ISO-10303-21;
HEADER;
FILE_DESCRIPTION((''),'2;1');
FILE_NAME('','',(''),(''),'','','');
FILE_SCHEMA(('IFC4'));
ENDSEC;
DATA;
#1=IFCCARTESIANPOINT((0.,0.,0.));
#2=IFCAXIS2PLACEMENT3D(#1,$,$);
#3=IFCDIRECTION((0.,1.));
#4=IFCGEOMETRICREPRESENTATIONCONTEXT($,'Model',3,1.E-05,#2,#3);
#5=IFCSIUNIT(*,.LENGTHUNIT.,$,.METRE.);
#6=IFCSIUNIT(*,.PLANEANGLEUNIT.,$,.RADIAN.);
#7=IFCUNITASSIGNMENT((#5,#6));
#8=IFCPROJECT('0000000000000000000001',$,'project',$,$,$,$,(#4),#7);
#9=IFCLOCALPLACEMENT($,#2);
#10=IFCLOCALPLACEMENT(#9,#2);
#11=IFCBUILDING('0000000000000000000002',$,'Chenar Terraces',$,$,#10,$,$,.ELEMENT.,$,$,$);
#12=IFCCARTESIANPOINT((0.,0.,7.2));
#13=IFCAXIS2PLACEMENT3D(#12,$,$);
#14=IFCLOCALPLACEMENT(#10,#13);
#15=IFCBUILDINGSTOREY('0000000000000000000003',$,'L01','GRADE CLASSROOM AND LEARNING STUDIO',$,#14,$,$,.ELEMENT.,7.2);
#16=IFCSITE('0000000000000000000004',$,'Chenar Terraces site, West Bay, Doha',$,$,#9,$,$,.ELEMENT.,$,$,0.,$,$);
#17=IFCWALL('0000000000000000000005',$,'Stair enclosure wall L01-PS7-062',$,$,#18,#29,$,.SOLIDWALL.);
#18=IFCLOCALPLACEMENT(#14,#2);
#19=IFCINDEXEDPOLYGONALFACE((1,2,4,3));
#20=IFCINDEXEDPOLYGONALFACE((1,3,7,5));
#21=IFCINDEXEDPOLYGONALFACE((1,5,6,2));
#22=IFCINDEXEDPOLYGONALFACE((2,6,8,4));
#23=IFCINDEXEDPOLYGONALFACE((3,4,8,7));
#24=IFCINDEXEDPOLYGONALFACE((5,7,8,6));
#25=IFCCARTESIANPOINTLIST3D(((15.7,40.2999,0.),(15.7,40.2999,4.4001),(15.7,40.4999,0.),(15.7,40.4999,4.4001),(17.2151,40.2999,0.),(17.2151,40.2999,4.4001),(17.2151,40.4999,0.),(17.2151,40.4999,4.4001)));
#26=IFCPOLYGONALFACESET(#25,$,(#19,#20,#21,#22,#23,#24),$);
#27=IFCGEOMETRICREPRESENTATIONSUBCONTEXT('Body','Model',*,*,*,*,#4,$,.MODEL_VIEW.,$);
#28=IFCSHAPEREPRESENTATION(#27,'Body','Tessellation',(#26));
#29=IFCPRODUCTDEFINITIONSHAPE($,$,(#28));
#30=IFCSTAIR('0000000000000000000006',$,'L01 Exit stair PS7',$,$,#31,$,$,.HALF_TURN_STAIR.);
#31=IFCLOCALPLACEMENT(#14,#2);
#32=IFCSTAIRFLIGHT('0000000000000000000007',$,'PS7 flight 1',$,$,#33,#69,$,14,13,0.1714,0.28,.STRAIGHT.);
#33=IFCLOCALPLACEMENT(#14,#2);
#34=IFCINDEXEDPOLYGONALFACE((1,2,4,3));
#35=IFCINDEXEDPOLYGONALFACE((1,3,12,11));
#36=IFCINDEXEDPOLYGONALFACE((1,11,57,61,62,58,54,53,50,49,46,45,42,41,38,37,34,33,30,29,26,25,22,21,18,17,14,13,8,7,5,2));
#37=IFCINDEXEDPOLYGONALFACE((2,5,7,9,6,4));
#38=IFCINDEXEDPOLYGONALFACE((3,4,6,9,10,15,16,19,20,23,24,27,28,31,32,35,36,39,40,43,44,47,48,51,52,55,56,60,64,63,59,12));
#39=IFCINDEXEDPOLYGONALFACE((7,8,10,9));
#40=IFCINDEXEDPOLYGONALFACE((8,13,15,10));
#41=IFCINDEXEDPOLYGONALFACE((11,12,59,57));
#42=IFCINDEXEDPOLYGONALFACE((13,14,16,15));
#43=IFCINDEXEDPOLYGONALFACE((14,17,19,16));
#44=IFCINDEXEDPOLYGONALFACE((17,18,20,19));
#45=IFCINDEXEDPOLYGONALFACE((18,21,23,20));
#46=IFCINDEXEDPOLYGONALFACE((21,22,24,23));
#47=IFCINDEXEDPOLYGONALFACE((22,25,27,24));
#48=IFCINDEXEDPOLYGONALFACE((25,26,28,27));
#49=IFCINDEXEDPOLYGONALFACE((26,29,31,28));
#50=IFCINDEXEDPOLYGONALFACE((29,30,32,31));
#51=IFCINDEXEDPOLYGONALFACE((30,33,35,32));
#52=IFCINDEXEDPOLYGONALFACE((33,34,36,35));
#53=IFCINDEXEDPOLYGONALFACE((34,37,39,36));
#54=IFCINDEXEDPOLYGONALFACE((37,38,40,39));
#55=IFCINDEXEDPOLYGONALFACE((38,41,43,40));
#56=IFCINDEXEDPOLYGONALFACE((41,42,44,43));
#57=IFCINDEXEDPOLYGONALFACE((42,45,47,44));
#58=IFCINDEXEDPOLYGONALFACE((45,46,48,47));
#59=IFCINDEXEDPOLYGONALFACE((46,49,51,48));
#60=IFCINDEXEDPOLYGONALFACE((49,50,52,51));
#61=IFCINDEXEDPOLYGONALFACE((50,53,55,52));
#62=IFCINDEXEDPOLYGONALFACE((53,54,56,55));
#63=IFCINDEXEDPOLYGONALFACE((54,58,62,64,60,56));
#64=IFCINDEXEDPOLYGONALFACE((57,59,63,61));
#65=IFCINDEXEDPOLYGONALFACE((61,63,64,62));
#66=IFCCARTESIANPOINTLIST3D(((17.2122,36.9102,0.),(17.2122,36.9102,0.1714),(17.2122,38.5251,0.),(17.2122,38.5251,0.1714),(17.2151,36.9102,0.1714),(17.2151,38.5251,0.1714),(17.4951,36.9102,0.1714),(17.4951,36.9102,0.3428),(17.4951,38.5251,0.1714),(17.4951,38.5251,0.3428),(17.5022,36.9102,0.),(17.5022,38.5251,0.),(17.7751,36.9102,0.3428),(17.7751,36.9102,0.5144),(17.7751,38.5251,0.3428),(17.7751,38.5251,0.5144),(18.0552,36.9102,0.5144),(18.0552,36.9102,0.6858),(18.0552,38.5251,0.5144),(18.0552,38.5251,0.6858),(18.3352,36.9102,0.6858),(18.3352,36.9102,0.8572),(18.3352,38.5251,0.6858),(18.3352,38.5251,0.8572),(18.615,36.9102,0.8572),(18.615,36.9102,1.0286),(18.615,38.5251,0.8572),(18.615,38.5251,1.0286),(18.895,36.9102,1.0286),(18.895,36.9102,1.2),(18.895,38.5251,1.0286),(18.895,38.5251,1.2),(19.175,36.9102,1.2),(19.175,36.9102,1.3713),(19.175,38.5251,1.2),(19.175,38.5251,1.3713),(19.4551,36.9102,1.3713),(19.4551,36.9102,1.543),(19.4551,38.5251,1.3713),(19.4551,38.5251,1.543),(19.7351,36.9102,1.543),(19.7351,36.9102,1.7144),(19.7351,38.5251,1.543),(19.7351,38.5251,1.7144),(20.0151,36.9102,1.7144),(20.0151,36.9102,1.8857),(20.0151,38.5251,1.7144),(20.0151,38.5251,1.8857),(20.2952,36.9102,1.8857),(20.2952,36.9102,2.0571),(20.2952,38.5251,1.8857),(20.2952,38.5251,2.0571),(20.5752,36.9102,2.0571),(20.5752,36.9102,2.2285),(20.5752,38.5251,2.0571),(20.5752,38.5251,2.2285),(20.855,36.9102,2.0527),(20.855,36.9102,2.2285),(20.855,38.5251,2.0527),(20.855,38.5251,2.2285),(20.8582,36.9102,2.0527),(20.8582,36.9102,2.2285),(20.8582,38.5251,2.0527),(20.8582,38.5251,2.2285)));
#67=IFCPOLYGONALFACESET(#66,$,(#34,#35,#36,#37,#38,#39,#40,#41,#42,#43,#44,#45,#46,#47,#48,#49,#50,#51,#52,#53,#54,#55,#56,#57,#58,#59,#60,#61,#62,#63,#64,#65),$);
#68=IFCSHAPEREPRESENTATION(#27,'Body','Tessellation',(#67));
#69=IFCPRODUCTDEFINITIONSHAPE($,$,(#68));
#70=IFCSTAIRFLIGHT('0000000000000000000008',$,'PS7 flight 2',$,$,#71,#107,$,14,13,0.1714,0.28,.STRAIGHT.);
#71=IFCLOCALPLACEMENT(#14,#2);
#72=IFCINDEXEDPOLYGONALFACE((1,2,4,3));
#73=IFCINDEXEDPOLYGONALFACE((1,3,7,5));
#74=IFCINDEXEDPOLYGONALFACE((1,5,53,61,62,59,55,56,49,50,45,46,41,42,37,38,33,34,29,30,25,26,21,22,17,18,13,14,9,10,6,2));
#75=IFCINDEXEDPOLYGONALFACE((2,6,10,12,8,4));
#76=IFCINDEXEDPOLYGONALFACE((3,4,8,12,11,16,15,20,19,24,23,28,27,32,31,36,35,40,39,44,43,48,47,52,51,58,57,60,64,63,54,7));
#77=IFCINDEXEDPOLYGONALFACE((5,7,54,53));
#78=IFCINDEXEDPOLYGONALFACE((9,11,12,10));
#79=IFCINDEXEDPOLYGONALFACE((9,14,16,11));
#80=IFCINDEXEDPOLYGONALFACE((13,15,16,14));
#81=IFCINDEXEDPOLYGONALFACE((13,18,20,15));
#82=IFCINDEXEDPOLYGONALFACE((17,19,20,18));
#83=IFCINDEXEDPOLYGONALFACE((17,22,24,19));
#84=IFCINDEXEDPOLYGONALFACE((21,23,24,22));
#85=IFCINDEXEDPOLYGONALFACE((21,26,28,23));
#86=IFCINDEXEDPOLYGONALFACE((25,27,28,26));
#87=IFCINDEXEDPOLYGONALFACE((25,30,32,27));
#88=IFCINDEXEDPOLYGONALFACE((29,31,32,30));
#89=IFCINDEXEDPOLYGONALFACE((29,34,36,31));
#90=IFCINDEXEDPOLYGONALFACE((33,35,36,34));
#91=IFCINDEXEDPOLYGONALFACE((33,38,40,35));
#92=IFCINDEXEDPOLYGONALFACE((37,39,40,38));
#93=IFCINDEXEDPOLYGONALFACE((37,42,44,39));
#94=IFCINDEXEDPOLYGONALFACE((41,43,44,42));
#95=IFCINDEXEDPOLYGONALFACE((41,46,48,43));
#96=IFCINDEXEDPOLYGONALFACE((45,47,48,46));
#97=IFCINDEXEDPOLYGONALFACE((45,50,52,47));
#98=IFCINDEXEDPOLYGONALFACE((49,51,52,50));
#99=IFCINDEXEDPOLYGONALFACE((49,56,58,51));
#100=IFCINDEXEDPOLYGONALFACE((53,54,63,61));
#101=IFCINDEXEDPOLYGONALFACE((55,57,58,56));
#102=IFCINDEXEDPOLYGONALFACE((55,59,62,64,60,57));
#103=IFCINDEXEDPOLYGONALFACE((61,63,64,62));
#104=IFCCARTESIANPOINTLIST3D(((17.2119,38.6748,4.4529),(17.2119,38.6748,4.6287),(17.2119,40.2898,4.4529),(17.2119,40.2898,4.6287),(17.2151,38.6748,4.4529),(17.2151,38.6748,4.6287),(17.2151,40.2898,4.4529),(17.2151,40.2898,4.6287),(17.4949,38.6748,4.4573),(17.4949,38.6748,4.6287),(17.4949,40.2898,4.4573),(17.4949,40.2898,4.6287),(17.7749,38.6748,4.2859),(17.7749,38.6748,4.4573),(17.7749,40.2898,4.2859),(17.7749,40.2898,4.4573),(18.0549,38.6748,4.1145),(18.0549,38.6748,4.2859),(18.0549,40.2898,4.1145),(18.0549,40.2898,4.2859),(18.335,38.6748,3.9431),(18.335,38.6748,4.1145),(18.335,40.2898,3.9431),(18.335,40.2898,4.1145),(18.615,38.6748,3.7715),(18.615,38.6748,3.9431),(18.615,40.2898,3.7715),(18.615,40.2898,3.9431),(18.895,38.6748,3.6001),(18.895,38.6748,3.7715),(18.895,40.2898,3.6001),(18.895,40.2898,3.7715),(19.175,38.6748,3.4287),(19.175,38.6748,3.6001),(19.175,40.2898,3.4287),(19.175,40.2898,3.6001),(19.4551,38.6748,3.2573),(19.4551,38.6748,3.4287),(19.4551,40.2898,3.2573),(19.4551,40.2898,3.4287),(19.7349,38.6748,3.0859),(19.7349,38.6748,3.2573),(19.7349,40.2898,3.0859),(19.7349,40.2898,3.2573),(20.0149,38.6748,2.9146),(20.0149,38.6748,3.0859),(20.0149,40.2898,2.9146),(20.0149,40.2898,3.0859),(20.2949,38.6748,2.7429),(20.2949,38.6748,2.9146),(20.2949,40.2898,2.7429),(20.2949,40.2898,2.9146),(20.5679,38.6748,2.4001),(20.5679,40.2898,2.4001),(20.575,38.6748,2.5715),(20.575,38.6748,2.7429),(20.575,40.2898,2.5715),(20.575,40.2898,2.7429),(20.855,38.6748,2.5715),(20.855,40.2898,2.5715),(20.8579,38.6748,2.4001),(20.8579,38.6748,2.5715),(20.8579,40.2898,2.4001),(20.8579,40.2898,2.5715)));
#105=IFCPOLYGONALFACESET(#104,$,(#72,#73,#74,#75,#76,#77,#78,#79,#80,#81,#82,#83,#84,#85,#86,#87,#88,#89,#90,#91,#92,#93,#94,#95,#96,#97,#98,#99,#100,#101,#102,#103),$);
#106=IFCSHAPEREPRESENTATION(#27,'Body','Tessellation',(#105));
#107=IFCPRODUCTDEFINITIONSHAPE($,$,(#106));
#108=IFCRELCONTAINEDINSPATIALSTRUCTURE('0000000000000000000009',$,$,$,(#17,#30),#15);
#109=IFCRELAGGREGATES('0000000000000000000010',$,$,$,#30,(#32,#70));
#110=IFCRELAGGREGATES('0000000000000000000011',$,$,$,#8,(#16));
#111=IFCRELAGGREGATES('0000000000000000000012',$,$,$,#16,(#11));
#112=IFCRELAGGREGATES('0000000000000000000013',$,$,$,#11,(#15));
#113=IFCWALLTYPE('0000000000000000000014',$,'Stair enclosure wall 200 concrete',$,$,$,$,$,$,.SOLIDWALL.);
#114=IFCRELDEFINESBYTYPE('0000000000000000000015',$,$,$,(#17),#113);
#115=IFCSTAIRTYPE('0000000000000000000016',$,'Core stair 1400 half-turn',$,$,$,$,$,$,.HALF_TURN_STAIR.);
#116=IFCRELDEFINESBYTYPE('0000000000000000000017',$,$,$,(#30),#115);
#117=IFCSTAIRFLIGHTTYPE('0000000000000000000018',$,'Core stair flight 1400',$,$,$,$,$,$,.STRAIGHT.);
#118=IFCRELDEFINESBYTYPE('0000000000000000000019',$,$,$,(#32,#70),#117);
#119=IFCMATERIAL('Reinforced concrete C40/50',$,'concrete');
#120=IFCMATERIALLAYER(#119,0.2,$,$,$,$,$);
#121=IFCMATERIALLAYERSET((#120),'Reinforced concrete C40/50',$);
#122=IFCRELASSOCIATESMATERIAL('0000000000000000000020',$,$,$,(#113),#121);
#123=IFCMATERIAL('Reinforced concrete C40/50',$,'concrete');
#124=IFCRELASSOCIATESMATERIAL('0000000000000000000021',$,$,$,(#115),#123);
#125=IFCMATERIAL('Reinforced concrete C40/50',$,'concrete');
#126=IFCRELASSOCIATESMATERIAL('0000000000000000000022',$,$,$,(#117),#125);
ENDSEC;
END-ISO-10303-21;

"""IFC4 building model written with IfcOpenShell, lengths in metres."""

from ifc_helpers import new_model, si_unit, direction, frame, frame_2d, origin, place, context, subcontext, project, spatial, polyline, rectangle, outline, extrude, material, layer, layer_set, type_object, element, aggregate, save


model = new_model("IFC4")

# Units and contexts
model_context = context("Model", 3, precision=1e-05, world=origin(), true_north=direction((0.0, 1.0)))
body_context = subcontext(model_context, "Body", "Model", "MODEL_VIEW")
ifc_project = project(units=[si_unit("LENGTHUNIT", "METRE"), si_unit("PLANEANGLEUNIT", "RADIAN")], contexts=[model_context])

# Site, building, storey
site_placement = place(None, origin())
site = spatial("IfcSite", under=ifc_project, at=site_placement, Name="Chenar Terraces site, West Bay, Doha", CompositionType="ELEMENT", RefElevation=0.0)
building_placement = place(site_placement, origin())
building = spatial("IfcBuilding", under=site, at=building_placement, Name="Chenar Terraces", CompositionType="ELEMENT")
storey_placement = place(building_placement, frame((0.0, 0.0, 7.2)))
storey = spatial("IfcBuildingStorey", under=building, at=storey_placement, Name="L01", Description="GRADE CLASSROOM AND LEARNING STUDIO", CompositionType="ELEMENT", Elevation=7.2)

# Shared definitions
ifc_material_1 = material(Name="Reinforced concrete C40/50", Category="concrete")
ifc_layer_1 = layer(ifc_material_1, 0.2)
ifc_layer_set_1 = layer_set([ifc_layer_1], Name="Reinforced concrete C40/50")
wall_type_1 = type_object("IfcWallType", Name="Stair enclosure wall 200 concrete", PredefinedType="SOLIDWALL", material=ifc_layer_set_1)

# Wall
for number, where, z_axis, x_axis, name in (
    (1, (15.7, 40.3999, 0.0), (0.0, 0.0, 1.0), (1.0, 0.0, 0.0), "Stair enclosure wall L01-PS7-062"),
):
    element("IfcWall", number, at=place(storey_placement, frame(where, z_axis=z_axis, x_axis=x_axis)), inside=storey, type_object=wall_type_1, Name=name, PredefinedType="SOLIDWALL", context=body_context, shape_type="SweptSolid", body=[
        extrude(rectangle(XDim=1.5151, YDim=0.2, at=frame_2d((0.7576, 0.0))), origin(), (0.0, 0.0, 1.0), 4.4001),
    ])

# Stair, stair flights
ifc_material_2 = material(Name="Reinforced concrete C40/50", Category="concrete")
stair_type = type_object("IfcStairType", Name="Core stair 1400 half-turn", PredefinedType="HALF_TURN_STAIR", material=ifc_material_2)
stair_placement = place(storey_placement, origin())
stair = element("IfcStair", 2, at=stair_placement, inside=storey, type_object=stair_type, Name="L01 Exit stair PS7", PredefinedType="HALF_TURN_STAIR")
ifc_material_3 = material(Name="Reinforced concrete C40/50", Category="concrete")
stair_flight_type = type_object("IfcStairFlightType", Name="Core stair flight 1400", PredefinedType="STRAIGHT", material=ifc_material_3)
stair_flight_1_placement = place(storey_placement, frame((17.2151, 37.7175, 0.0), z_axis=(0.0, 0.0, 1.0), x_axis=(1.0, 0.0, 0.0)))
stair_flight_1 = element("IfcStairFlight", 3, at=stair_flight_1_placement, type_object=stair_flight_type, Name="PS7 flight 1", NumberOfRisers=14, NumberOfTreads=13, PredefinedType="STRAIGHT", RiserHeight=0.1714, TreadLength=0.28, context=body_context, shape_type="SweptSolid", body=[
    extrude(outline(polyline([(-0.0029, 0.0), (-0.0029, 0.1714), (0.0, 0.1714), (0.28, 0.1714), (0.28, 0.3428), (0.5601, 0.3428), (0.5601, 0.5144), (0.8401, 0.5144), (0.8401, 0.6858), (1.1201, 0.6858), (1.1201, 0.8572), (1.3999, 0.8572), (1.3999, 1.0286), (1.6799, 1.0286), (1.6799, 1.2), (1.96, 1.2), (1.96, 1.3713), (2.24, 1.3713), (2.24, 1.543), (2.52, 1.543), (2.52, 1.7144), (2.8, 1.7144), (2.8, 1.8857), (3.0801, 1.8857), (3.0801, 2.0571), (3.3601, 2.0571), (3.3601, 2.2285), (3.6399, 2.2285), (3.6431, 2.2285), (3.6431, 2.0527), (3.6399, 2.0527), (0.2871, 0.0), (-0.0029, 0.0)])), frame((0.0, 0.8076, 0.0), z_axis=(0.0, -1.0, 0.0), x_axis=(1.0, 0.0, 0.0)), (0.0, 0.0, 1.0), 1.615),
])
stair_flight_2_placement = place(storey_placement, frame((20.855, 39.4824, 2.4001), z_axis=(0.0, 0.0, 1.0), x_axis=(-1.0, 0.0, 0.0)))
stair_flight_2 = element("IfcStairFlight", 4, at=stair_flight_2_placement, type_object=stair_flight_type, Name="PS7 flight 2", NumberOfRisers=14, NumberOfTreads=13, PredefinedType="STRAIGHT", RiserHeight=0.1714, TreadLength=0.28, context=body_context, shape_type="SweptSolid", body=[
    extrude(outline(polyline([(-0.0029, 0.0), (-0.0029, 0.1714), (0.0, 0.1714), (0.28, 0.1714), (0.28, 0.3428), (0.5601, 0.3428), (0.5601, 0.5144), (0.8401, 0.5144), (0.8401, 0.6858), (1.1201, 0.6858), (1.1201, 0.8572), (1.3999, 0.8572), (1.3999, 1.0286), (1.6799, 1.0286), (1.6799, 1.2), (1.96, 1.2), (1.96, 1.3713), (2.24, 1.3713), (2.24, 1.543), (2.52, 1.543), (2.52, 1.7144), (2.8, 1.7144), (2.8, 1.8857), (3.0801, 1.8857), (3.0801, 2.0571), (3.3601, 2.0571), (3.3601, 2.2285), (3.6399, 2.2285), (3.6431, 2.2285), (3.6431, 2.0527), (3.6399, 2.0527), (0.2871, 0.0), (-0.0029, 0.0)])), frame((0.0, 0.8076, 0.0), z_axis=(0.0, -1.0, 0.0), x_axis=(1.0, 0.0, 0.0)), (0.0, 0.0, 1.0), 1.615),
])
aggregate(stair, [stair_flight_1, stair_flight_2])

save(model, "model.ifc")
